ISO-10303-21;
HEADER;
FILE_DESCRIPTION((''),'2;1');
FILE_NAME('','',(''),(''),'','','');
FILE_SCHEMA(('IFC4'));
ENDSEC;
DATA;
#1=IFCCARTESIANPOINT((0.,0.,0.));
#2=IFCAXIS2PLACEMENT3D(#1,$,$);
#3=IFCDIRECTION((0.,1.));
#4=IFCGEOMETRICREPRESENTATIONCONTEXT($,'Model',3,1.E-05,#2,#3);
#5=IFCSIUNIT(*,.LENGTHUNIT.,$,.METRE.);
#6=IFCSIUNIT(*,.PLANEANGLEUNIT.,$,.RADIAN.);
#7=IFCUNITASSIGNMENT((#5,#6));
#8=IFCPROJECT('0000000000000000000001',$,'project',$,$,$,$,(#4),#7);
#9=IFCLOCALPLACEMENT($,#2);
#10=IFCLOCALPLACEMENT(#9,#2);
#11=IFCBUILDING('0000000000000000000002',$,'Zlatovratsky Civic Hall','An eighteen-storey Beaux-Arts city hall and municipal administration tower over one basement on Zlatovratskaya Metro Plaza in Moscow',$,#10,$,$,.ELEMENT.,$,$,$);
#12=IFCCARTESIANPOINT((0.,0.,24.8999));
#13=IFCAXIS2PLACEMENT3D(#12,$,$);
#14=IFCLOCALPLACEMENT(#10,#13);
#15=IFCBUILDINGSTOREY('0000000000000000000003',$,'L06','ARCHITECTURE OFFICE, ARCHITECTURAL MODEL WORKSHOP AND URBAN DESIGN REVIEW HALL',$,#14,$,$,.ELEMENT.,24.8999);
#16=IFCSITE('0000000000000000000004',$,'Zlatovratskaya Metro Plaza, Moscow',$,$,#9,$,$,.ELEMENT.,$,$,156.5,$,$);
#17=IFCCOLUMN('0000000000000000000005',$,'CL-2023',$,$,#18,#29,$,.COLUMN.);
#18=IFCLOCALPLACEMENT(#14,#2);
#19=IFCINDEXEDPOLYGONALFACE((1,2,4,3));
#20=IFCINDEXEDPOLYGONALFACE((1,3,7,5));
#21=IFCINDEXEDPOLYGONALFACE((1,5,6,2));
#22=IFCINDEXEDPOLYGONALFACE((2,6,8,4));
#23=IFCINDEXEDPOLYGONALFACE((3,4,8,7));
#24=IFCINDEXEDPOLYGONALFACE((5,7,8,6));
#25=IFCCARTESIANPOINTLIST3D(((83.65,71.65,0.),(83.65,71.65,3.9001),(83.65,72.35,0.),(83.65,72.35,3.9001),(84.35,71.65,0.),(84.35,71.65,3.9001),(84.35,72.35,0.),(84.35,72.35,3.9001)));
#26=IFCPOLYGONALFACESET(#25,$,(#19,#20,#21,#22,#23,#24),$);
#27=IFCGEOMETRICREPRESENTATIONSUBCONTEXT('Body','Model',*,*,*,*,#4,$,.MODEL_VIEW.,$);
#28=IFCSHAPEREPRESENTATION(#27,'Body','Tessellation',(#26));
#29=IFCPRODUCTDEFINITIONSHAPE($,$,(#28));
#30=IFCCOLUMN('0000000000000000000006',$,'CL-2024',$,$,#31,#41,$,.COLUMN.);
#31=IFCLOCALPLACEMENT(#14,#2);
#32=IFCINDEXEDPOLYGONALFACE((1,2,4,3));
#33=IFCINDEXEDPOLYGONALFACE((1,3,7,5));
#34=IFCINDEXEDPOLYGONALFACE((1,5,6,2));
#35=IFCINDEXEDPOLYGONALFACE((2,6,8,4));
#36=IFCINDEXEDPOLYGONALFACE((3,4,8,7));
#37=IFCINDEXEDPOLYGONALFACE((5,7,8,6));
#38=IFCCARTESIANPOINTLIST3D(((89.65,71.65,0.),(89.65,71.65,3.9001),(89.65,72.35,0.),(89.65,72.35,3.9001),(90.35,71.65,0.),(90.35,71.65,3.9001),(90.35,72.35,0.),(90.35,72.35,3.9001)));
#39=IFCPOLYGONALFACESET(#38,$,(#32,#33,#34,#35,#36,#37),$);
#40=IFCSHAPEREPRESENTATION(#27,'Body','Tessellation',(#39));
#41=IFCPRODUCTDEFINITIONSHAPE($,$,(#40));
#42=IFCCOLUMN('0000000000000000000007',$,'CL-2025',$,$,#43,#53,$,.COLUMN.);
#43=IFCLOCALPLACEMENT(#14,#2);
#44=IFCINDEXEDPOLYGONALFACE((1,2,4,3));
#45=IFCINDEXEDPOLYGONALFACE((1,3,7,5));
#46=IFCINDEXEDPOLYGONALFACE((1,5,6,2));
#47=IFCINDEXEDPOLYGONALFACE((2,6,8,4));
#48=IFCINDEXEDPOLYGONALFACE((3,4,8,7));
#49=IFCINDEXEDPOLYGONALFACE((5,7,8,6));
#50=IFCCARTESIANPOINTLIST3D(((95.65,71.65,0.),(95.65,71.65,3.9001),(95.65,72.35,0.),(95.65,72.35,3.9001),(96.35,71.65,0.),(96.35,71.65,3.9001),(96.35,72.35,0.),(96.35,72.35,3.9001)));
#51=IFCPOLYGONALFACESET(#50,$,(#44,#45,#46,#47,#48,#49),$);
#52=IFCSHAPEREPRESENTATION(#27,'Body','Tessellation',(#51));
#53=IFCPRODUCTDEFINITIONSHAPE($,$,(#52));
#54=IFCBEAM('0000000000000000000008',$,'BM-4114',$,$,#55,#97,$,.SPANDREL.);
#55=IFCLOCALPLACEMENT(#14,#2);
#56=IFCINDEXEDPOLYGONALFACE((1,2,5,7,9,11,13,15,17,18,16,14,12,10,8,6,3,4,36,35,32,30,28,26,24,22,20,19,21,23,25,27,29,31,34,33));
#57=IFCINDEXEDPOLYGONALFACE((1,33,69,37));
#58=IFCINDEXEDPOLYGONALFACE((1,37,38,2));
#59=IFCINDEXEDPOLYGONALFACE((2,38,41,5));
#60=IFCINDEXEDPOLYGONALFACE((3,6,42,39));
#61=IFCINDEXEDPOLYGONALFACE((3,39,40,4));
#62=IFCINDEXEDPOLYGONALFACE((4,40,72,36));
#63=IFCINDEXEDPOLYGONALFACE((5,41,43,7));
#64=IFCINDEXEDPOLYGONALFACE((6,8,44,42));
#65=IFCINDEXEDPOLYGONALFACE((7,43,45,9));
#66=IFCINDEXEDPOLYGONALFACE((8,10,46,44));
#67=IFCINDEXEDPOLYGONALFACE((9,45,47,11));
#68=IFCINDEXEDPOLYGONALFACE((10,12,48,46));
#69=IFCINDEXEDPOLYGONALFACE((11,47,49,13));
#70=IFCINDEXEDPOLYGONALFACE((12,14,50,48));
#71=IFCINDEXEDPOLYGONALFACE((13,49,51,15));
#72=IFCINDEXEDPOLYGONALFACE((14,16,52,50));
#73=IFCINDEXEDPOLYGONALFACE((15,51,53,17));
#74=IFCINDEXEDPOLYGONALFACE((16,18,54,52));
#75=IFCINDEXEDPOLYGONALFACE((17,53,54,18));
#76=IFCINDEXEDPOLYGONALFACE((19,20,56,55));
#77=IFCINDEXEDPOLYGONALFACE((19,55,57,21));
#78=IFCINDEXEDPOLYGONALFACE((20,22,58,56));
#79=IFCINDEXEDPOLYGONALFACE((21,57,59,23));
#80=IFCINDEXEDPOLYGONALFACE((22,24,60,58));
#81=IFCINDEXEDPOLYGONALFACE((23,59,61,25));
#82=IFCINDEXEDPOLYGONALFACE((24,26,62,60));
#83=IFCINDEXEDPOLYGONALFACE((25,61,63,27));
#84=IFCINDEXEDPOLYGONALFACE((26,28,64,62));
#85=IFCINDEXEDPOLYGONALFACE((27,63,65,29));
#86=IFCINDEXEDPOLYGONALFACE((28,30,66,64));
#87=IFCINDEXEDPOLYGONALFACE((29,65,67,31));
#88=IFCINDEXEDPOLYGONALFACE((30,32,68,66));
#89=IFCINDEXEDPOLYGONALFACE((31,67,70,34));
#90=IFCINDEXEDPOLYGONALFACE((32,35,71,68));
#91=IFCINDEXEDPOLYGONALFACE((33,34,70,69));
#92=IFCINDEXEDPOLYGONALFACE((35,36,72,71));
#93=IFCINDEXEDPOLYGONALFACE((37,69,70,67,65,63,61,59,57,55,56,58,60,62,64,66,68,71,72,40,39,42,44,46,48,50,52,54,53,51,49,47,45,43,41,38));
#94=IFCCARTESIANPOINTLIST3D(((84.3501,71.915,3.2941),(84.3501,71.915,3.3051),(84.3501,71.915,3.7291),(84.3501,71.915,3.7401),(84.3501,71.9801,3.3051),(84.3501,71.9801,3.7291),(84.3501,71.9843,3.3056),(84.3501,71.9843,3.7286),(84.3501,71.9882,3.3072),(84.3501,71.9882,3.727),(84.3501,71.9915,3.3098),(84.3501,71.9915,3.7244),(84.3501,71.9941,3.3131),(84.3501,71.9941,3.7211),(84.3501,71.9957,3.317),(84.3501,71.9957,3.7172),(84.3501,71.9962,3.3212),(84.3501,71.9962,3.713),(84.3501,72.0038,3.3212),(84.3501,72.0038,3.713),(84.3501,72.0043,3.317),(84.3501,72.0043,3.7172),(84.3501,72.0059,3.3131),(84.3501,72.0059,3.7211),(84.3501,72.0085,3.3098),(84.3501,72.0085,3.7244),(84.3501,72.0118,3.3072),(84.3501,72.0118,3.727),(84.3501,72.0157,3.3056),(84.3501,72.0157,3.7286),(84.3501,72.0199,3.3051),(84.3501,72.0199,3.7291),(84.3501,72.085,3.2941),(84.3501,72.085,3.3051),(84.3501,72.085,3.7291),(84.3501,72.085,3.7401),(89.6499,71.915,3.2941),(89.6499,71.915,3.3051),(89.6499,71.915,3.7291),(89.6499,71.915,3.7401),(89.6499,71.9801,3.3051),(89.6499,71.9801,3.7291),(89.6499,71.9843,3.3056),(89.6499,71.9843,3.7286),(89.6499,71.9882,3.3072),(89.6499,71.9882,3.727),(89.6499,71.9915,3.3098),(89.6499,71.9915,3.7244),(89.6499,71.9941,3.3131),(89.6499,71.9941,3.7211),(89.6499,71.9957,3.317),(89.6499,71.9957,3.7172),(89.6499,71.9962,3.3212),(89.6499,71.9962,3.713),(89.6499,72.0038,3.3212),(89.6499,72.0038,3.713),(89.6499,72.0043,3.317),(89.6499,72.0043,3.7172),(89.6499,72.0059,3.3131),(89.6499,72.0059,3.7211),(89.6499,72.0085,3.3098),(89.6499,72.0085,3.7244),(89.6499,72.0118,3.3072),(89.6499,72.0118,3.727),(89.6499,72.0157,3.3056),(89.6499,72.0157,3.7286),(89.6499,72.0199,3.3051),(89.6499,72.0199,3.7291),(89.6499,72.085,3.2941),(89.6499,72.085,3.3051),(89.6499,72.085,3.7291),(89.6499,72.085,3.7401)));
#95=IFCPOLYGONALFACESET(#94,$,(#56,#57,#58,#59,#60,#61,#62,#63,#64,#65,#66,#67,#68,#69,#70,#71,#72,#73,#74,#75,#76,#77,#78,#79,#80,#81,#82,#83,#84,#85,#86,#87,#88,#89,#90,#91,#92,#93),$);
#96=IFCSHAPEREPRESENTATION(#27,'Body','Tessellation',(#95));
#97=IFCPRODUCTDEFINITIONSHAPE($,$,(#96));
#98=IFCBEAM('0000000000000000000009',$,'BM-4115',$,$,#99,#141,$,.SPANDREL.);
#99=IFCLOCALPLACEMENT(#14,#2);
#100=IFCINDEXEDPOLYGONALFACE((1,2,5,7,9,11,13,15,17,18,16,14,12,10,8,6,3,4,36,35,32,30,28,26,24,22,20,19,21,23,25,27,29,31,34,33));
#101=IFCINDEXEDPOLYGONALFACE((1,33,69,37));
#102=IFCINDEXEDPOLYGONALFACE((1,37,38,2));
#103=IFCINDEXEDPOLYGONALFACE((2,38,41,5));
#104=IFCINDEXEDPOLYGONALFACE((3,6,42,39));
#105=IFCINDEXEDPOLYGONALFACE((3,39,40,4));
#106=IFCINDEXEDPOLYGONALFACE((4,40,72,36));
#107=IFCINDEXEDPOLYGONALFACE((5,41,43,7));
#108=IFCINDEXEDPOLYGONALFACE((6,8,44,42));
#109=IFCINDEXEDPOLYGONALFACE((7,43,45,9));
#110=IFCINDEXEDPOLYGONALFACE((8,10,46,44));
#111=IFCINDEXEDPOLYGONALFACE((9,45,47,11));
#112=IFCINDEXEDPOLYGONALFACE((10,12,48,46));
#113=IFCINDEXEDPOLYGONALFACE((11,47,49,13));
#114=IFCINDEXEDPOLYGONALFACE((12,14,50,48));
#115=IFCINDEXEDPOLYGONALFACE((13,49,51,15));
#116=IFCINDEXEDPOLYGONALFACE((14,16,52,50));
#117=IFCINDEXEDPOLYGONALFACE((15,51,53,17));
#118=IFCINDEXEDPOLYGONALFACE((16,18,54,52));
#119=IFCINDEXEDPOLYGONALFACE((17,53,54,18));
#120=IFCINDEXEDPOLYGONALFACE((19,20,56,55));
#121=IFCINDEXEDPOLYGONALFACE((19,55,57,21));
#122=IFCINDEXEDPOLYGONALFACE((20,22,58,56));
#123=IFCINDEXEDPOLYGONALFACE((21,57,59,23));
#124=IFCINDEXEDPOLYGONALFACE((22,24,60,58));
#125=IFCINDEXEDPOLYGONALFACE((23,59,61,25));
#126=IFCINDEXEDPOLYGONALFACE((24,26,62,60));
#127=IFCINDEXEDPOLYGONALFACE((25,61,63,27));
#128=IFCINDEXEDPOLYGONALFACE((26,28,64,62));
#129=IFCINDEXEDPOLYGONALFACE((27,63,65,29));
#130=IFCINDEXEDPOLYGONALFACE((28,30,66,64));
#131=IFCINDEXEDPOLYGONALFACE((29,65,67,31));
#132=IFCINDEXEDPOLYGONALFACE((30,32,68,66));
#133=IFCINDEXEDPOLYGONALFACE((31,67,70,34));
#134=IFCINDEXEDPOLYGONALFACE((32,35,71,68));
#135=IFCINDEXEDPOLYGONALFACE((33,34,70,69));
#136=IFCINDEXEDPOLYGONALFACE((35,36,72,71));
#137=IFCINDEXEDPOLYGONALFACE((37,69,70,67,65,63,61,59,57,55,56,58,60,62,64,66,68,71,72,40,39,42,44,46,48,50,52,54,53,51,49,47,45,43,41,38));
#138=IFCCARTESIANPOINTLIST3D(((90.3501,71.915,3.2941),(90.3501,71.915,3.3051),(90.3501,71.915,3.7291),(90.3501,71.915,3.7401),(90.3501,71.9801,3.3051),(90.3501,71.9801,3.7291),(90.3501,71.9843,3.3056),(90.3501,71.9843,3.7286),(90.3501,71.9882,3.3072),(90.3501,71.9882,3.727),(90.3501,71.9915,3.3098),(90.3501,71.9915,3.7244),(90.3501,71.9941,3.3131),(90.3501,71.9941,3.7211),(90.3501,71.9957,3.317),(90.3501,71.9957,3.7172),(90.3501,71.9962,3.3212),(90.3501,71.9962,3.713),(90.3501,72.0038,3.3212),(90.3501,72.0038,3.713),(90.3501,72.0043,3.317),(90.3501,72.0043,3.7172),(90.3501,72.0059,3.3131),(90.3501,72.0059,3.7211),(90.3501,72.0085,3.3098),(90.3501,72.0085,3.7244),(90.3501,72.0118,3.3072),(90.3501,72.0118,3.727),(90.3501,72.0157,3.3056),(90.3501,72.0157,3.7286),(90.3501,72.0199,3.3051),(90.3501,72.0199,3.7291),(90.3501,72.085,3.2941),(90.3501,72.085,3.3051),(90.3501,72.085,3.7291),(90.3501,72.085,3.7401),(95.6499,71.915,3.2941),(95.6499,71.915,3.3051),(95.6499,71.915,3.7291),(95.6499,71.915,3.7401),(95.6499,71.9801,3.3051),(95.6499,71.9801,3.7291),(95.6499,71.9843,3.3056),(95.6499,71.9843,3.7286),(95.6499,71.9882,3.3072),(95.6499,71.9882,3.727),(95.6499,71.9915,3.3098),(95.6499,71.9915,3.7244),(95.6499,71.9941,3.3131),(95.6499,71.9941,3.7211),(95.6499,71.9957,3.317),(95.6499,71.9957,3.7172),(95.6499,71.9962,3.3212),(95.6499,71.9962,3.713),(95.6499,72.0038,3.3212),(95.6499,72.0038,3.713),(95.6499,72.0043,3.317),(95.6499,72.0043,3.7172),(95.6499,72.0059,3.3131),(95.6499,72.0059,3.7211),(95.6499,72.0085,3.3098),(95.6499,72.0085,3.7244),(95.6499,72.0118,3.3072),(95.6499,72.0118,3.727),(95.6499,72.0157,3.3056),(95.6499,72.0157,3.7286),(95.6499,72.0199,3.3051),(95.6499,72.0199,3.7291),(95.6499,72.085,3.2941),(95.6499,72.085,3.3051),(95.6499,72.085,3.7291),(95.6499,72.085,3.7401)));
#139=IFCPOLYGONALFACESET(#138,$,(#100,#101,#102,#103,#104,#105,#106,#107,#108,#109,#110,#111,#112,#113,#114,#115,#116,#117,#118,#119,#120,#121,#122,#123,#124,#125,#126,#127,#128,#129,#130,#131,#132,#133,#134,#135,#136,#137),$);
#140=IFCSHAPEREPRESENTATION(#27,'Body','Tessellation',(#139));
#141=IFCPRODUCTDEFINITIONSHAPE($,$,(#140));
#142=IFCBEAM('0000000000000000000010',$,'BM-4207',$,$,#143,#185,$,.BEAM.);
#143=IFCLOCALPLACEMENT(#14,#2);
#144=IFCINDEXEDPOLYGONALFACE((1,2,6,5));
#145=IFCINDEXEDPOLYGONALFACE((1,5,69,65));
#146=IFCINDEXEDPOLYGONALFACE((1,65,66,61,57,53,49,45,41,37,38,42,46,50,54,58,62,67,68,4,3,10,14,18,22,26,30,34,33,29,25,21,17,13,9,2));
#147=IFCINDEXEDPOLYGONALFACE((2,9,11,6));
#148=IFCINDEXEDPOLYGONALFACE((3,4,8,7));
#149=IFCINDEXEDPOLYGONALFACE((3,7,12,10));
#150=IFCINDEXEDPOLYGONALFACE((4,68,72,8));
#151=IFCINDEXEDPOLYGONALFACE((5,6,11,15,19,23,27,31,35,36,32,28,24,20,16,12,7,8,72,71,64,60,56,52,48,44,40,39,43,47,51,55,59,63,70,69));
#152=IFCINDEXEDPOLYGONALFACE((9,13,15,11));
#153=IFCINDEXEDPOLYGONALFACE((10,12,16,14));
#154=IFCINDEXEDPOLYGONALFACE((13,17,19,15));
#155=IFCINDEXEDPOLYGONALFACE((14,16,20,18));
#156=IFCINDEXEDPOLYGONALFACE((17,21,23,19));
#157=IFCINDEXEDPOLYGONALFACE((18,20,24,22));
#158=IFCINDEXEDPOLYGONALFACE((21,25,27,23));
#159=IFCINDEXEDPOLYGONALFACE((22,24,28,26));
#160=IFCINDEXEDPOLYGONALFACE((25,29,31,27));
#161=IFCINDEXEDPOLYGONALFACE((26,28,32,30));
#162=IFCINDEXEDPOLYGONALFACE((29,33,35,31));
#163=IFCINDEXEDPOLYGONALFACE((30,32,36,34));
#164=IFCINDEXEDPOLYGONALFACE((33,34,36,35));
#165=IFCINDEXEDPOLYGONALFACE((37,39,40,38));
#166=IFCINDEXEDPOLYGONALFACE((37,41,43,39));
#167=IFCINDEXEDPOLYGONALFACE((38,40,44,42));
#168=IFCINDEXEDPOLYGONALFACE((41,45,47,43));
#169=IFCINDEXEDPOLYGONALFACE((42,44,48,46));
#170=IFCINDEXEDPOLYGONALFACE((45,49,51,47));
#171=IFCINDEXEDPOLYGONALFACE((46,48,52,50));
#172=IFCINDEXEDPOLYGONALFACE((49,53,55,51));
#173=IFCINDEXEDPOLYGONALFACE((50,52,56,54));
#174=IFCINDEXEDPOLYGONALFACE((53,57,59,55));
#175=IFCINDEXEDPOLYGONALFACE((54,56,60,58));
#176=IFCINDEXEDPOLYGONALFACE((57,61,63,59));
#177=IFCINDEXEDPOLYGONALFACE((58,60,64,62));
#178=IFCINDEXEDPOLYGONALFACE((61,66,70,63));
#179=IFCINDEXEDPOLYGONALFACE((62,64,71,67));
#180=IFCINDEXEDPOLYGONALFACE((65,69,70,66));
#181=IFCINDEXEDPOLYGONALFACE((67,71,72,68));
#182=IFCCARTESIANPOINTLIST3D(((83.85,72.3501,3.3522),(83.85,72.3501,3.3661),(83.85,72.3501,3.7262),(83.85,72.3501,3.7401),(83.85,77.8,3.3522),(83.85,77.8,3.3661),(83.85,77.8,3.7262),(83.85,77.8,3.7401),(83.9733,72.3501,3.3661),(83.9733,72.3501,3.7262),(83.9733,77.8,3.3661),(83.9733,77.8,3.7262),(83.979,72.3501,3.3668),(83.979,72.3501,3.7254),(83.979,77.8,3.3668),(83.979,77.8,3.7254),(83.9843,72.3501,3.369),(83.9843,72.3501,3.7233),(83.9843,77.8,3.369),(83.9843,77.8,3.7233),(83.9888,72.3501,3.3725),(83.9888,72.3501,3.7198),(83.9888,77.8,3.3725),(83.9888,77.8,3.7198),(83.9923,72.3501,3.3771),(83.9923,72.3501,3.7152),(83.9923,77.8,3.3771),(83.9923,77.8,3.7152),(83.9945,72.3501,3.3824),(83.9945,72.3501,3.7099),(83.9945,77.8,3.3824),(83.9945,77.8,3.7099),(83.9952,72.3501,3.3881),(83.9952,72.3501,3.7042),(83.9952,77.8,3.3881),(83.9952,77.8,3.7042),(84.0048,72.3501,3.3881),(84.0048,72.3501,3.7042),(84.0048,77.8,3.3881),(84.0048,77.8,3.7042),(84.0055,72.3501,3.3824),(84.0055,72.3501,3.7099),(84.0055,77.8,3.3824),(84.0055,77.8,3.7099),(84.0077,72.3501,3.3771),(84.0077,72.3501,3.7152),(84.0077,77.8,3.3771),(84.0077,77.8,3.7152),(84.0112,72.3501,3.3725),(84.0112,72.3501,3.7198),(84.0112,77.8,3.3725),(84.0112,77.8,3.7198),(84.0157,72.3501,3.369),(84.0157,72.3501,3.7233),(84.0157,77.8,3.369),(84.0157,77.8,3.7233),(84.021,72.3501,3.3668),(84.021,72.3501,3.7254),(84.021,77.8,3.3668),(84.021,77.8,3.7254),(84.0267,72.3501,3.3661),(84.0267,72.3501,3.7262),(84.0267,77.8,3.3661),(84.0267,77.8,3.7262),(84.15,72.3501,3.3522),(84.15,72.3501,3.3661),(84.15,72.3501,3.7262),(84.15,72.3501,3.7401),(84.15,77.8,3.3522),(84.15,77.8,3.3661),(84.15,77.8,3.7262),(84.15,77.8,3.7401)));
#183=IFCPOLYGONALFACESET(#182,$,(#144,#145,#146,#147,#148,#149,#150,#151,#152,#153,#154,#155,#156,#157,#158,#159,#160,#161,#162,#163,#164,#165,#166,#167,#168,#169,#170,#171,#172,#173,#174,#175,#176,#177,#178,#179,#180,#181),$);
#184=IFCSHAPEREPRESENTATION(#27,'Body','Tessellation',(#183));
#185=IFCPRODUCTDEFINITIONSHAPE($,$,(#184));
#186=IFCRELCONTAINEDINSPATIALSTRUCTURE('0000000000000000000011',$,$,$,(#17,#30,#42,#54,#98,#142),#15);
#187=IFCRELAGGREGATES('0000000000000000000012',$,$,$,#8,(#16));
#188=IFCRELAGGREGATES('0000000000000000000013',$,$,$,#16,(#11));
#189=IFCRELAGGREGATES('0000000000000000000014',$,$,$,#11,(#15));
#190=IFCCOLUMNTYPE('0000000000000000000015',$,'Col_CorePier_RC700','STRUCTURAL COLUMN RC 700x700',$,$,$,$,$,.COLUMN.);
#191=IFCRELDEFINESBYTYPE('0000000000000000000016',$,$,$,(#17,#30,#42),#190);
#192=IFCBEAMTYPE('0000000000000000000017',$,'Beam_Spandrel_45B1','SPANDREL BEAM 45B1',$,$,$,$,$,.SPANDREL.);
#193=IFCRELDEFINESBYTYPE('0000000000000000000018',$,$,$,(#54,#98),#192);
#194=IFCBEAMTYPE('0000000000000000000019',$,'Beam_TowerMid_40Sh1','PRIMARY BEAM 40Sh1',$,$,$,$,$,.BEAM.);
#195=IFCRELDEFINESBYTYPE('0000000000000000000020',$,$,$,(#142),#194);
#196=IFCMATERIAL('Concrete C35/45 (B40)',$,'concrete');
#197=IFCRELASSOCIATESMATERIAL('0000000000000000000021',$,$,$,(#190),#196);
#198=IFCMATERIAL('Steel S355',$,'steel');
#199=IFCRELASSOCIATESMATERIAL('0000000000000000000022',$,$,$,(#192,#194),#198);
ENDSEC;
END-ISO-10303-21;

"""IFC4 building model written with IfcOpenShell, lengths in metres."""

from ifc_helpers import new_model, si_unit, direction, frame, origin, origin_2d, place, context, subcontext, project, spatial, rectangle, i_section, extrude, material, material_profile, profile_set, type_object, element, save


model = new_model("IFC4")

# Units and contexts
model_context = context("Model", 3, precision=1e-05, world=origin(), true_north=direction((0.0, 1.0)))
body_context = subcontext(model_context, "Body", "Model", "MODEL_VIEW")
ifc_project = project(units=[si_unit("LENGTHUNIT", "METRE"), si_unit("PLANEANGLEUNIT", "RADIAN")], contexts=[model_context])

# Site, building, storey
site_placement = place(None, origin())
site = spatial("IfcSite", under=ifc_project, at=site_placement, Name="Zlatovratskaya Metro Plaza, Moscow", CompositionType="ELEMENT", RefElevation=156.5)
building_placement = place(site_placement, origin())
building = spatial("IfcBuilding", under=site, at=building_placement, Name="Zlatovratsky Civic Hall", Description="An eighteen-storey Beaux-Arts city hall and municipal administration tower over one basement on Zlatovratskaya Metro Plaza in Moscow", CompositionType="ELEMENT")
storey_placement = place(building_placement, frame((0.0, 0.0, 24.8999)))
storey = spatial("IfcBuildingStorey", under=building, at=storey_placement, Name="L06", Description="ARCHITECTURE OFFICE, ARCHITECTURAL MODEL WORKSHOP AND URBAN DESIGN REVIEW HALL", CompositionType="ELEMENT", Elevation=24.8999)

# Columns
ifc_material_1 = material(Name="Concrete C35/45 (B40)", Category="concrete")
ifc_material_profile_1 = material_profile(ifc_material_1, rectangle(XDim=0.7, YDim=0.7, at=origin_2d()), Name="RC 700x700")
ifc_profile_set_1 = profile_set([ifc_material_profile_1], Name="Concrete C35/45 (B40)")
column_type = type_object("IfcColumnType", Name="Col_CorePier_RC700", Description="STRUCTURAL COLUMN RC 700x700", PredefinedType="COLUMN", material=ifc_profile_set_1)
for number, where, z_axis, x_axis, name in (
    (1, (84.0, 72.0, 0.0), (0.0, 0.0, 1.0), (1.0, 0.0, 0.0), "CL-2023"),
    (2, (90.0, 72.0, 0.0), (0.0, 0.0, 1.0), (1.0, 0.0, 0.0), "CL-2024"),
    (3, (96.0, 72.0, 0.0), (0.0, 0.0, 1.0), (1.0, 0.0, 0.0), "CL-2025"),
):
    element("IfcColumn", number, at=place(storey_placement, frame(where, z_axis=z_axis, x_axis=x_axis)), inside=storey, type_object=column_type, Name=name, PredefinedType="COLUMN", context=body_context, shape_type="SweptSolid", body=[
        extrude(rectangle(XDim=0.7, YDim=0.7, at=origin_2d()), origin(), (0.0, 0.0, 1.0), 3.9001),
    ])

# Beams
ifc_material_2 = material(Name="Steel S355", Category="steel")
ifc_material_profile_2 = material_profile(ifc_material_2, i_section(OverallWidth=0.1699, OverallDepth=0.446, WebThickness=0.0076, FlangeThickness=0.011, FilletRadius=0.0161, at=origin_2d()), Name="45B1")
ifc_profile_set_2 = profile_set([ifc_material_profile_2], Name="Steel S355")
beam_type_1 = type_object("IfcBeamType", Name="Beam_Spandrel_45B1", Description="SPANDREL BEAM 45B1", PredefinedType="SPANDREL", material=ifc_profile_set_2)
for number, where, z_axis, x_axis, name in (
    (4, (84.3501, 72.0, 3.5171), (1.0, 0.0, 0.0), (0.0, 1.0, 0.0), "BM-4114"),
    (5, (90.3501, 72.0, 3.5171), (1.0, 0.0, 0.0), (0.0, 1.0, 0.0), "BM-4115"),
):
    element("IfcBeam", number, at=place(storey_placement, frame(where, z_axis=z_axis, x_axis=x_axis)), inside=storey, type_object=beam_type_1, Name=name, PredefinedType="SPANDREL", context=body_context, shape_type="SweptSolid", body=[
        extrude(i_section(OverallWidth=0.1699, OverallDepth=0.446, WebThickness=0.0076, FlangeThickness=0.011, FilletRadius=0.0161, at=origin_2d()), origin(), (0.0, 0.0, 1.0), 5.2998),
    ])
ifc_material_profile_3 = material_profile(ifc_material_2, i_section(OverallWidth=0.3, OverallDepth=0.3879, WebThickness=0.0095, FlangeThickness=0.0139, FilletRadius=0.022, at=origin_2d()), Name="40Sh1")
ifc_profile_set_3 = profile_set([ifc_material_profile_3], Name="Steel S355")
beam_type_2 = type_object("IfcBeamType", Name="Beam_TowerMid_40Sh1", Description="PRIMARY BEAM 40Sh1", PredefinedType="BEAM", material=ifc_profile_set_3)
for number, where, z_axis, x_axis, name in (
    (6, (84.0, 72.3501, 3.5461), (0.0, 1.0, 0.0), (-1.0, 0.0, 0.0), "BM-4207"),
):
    element("IfcBeam", number, at=place(storey_placement, frame(where, z_axis=z_axis, x_axis=x_axis)), inside=storey, type_object=beam_type_2, Name=name, PredefinedType="BEAM", context=body_context, shape_type="SweptSolid", body=[
        extrude(i_section(OverallWidth=0.3, OverallDepth=0.3879, WebThickness=0.0095, FlangeThickness=0.0139, FilletRadius=0.022, at=origin_2d()), origin(), (0.0, 0.0, 1.0), 5.45),
    ])

save(model, "model.ifc")
